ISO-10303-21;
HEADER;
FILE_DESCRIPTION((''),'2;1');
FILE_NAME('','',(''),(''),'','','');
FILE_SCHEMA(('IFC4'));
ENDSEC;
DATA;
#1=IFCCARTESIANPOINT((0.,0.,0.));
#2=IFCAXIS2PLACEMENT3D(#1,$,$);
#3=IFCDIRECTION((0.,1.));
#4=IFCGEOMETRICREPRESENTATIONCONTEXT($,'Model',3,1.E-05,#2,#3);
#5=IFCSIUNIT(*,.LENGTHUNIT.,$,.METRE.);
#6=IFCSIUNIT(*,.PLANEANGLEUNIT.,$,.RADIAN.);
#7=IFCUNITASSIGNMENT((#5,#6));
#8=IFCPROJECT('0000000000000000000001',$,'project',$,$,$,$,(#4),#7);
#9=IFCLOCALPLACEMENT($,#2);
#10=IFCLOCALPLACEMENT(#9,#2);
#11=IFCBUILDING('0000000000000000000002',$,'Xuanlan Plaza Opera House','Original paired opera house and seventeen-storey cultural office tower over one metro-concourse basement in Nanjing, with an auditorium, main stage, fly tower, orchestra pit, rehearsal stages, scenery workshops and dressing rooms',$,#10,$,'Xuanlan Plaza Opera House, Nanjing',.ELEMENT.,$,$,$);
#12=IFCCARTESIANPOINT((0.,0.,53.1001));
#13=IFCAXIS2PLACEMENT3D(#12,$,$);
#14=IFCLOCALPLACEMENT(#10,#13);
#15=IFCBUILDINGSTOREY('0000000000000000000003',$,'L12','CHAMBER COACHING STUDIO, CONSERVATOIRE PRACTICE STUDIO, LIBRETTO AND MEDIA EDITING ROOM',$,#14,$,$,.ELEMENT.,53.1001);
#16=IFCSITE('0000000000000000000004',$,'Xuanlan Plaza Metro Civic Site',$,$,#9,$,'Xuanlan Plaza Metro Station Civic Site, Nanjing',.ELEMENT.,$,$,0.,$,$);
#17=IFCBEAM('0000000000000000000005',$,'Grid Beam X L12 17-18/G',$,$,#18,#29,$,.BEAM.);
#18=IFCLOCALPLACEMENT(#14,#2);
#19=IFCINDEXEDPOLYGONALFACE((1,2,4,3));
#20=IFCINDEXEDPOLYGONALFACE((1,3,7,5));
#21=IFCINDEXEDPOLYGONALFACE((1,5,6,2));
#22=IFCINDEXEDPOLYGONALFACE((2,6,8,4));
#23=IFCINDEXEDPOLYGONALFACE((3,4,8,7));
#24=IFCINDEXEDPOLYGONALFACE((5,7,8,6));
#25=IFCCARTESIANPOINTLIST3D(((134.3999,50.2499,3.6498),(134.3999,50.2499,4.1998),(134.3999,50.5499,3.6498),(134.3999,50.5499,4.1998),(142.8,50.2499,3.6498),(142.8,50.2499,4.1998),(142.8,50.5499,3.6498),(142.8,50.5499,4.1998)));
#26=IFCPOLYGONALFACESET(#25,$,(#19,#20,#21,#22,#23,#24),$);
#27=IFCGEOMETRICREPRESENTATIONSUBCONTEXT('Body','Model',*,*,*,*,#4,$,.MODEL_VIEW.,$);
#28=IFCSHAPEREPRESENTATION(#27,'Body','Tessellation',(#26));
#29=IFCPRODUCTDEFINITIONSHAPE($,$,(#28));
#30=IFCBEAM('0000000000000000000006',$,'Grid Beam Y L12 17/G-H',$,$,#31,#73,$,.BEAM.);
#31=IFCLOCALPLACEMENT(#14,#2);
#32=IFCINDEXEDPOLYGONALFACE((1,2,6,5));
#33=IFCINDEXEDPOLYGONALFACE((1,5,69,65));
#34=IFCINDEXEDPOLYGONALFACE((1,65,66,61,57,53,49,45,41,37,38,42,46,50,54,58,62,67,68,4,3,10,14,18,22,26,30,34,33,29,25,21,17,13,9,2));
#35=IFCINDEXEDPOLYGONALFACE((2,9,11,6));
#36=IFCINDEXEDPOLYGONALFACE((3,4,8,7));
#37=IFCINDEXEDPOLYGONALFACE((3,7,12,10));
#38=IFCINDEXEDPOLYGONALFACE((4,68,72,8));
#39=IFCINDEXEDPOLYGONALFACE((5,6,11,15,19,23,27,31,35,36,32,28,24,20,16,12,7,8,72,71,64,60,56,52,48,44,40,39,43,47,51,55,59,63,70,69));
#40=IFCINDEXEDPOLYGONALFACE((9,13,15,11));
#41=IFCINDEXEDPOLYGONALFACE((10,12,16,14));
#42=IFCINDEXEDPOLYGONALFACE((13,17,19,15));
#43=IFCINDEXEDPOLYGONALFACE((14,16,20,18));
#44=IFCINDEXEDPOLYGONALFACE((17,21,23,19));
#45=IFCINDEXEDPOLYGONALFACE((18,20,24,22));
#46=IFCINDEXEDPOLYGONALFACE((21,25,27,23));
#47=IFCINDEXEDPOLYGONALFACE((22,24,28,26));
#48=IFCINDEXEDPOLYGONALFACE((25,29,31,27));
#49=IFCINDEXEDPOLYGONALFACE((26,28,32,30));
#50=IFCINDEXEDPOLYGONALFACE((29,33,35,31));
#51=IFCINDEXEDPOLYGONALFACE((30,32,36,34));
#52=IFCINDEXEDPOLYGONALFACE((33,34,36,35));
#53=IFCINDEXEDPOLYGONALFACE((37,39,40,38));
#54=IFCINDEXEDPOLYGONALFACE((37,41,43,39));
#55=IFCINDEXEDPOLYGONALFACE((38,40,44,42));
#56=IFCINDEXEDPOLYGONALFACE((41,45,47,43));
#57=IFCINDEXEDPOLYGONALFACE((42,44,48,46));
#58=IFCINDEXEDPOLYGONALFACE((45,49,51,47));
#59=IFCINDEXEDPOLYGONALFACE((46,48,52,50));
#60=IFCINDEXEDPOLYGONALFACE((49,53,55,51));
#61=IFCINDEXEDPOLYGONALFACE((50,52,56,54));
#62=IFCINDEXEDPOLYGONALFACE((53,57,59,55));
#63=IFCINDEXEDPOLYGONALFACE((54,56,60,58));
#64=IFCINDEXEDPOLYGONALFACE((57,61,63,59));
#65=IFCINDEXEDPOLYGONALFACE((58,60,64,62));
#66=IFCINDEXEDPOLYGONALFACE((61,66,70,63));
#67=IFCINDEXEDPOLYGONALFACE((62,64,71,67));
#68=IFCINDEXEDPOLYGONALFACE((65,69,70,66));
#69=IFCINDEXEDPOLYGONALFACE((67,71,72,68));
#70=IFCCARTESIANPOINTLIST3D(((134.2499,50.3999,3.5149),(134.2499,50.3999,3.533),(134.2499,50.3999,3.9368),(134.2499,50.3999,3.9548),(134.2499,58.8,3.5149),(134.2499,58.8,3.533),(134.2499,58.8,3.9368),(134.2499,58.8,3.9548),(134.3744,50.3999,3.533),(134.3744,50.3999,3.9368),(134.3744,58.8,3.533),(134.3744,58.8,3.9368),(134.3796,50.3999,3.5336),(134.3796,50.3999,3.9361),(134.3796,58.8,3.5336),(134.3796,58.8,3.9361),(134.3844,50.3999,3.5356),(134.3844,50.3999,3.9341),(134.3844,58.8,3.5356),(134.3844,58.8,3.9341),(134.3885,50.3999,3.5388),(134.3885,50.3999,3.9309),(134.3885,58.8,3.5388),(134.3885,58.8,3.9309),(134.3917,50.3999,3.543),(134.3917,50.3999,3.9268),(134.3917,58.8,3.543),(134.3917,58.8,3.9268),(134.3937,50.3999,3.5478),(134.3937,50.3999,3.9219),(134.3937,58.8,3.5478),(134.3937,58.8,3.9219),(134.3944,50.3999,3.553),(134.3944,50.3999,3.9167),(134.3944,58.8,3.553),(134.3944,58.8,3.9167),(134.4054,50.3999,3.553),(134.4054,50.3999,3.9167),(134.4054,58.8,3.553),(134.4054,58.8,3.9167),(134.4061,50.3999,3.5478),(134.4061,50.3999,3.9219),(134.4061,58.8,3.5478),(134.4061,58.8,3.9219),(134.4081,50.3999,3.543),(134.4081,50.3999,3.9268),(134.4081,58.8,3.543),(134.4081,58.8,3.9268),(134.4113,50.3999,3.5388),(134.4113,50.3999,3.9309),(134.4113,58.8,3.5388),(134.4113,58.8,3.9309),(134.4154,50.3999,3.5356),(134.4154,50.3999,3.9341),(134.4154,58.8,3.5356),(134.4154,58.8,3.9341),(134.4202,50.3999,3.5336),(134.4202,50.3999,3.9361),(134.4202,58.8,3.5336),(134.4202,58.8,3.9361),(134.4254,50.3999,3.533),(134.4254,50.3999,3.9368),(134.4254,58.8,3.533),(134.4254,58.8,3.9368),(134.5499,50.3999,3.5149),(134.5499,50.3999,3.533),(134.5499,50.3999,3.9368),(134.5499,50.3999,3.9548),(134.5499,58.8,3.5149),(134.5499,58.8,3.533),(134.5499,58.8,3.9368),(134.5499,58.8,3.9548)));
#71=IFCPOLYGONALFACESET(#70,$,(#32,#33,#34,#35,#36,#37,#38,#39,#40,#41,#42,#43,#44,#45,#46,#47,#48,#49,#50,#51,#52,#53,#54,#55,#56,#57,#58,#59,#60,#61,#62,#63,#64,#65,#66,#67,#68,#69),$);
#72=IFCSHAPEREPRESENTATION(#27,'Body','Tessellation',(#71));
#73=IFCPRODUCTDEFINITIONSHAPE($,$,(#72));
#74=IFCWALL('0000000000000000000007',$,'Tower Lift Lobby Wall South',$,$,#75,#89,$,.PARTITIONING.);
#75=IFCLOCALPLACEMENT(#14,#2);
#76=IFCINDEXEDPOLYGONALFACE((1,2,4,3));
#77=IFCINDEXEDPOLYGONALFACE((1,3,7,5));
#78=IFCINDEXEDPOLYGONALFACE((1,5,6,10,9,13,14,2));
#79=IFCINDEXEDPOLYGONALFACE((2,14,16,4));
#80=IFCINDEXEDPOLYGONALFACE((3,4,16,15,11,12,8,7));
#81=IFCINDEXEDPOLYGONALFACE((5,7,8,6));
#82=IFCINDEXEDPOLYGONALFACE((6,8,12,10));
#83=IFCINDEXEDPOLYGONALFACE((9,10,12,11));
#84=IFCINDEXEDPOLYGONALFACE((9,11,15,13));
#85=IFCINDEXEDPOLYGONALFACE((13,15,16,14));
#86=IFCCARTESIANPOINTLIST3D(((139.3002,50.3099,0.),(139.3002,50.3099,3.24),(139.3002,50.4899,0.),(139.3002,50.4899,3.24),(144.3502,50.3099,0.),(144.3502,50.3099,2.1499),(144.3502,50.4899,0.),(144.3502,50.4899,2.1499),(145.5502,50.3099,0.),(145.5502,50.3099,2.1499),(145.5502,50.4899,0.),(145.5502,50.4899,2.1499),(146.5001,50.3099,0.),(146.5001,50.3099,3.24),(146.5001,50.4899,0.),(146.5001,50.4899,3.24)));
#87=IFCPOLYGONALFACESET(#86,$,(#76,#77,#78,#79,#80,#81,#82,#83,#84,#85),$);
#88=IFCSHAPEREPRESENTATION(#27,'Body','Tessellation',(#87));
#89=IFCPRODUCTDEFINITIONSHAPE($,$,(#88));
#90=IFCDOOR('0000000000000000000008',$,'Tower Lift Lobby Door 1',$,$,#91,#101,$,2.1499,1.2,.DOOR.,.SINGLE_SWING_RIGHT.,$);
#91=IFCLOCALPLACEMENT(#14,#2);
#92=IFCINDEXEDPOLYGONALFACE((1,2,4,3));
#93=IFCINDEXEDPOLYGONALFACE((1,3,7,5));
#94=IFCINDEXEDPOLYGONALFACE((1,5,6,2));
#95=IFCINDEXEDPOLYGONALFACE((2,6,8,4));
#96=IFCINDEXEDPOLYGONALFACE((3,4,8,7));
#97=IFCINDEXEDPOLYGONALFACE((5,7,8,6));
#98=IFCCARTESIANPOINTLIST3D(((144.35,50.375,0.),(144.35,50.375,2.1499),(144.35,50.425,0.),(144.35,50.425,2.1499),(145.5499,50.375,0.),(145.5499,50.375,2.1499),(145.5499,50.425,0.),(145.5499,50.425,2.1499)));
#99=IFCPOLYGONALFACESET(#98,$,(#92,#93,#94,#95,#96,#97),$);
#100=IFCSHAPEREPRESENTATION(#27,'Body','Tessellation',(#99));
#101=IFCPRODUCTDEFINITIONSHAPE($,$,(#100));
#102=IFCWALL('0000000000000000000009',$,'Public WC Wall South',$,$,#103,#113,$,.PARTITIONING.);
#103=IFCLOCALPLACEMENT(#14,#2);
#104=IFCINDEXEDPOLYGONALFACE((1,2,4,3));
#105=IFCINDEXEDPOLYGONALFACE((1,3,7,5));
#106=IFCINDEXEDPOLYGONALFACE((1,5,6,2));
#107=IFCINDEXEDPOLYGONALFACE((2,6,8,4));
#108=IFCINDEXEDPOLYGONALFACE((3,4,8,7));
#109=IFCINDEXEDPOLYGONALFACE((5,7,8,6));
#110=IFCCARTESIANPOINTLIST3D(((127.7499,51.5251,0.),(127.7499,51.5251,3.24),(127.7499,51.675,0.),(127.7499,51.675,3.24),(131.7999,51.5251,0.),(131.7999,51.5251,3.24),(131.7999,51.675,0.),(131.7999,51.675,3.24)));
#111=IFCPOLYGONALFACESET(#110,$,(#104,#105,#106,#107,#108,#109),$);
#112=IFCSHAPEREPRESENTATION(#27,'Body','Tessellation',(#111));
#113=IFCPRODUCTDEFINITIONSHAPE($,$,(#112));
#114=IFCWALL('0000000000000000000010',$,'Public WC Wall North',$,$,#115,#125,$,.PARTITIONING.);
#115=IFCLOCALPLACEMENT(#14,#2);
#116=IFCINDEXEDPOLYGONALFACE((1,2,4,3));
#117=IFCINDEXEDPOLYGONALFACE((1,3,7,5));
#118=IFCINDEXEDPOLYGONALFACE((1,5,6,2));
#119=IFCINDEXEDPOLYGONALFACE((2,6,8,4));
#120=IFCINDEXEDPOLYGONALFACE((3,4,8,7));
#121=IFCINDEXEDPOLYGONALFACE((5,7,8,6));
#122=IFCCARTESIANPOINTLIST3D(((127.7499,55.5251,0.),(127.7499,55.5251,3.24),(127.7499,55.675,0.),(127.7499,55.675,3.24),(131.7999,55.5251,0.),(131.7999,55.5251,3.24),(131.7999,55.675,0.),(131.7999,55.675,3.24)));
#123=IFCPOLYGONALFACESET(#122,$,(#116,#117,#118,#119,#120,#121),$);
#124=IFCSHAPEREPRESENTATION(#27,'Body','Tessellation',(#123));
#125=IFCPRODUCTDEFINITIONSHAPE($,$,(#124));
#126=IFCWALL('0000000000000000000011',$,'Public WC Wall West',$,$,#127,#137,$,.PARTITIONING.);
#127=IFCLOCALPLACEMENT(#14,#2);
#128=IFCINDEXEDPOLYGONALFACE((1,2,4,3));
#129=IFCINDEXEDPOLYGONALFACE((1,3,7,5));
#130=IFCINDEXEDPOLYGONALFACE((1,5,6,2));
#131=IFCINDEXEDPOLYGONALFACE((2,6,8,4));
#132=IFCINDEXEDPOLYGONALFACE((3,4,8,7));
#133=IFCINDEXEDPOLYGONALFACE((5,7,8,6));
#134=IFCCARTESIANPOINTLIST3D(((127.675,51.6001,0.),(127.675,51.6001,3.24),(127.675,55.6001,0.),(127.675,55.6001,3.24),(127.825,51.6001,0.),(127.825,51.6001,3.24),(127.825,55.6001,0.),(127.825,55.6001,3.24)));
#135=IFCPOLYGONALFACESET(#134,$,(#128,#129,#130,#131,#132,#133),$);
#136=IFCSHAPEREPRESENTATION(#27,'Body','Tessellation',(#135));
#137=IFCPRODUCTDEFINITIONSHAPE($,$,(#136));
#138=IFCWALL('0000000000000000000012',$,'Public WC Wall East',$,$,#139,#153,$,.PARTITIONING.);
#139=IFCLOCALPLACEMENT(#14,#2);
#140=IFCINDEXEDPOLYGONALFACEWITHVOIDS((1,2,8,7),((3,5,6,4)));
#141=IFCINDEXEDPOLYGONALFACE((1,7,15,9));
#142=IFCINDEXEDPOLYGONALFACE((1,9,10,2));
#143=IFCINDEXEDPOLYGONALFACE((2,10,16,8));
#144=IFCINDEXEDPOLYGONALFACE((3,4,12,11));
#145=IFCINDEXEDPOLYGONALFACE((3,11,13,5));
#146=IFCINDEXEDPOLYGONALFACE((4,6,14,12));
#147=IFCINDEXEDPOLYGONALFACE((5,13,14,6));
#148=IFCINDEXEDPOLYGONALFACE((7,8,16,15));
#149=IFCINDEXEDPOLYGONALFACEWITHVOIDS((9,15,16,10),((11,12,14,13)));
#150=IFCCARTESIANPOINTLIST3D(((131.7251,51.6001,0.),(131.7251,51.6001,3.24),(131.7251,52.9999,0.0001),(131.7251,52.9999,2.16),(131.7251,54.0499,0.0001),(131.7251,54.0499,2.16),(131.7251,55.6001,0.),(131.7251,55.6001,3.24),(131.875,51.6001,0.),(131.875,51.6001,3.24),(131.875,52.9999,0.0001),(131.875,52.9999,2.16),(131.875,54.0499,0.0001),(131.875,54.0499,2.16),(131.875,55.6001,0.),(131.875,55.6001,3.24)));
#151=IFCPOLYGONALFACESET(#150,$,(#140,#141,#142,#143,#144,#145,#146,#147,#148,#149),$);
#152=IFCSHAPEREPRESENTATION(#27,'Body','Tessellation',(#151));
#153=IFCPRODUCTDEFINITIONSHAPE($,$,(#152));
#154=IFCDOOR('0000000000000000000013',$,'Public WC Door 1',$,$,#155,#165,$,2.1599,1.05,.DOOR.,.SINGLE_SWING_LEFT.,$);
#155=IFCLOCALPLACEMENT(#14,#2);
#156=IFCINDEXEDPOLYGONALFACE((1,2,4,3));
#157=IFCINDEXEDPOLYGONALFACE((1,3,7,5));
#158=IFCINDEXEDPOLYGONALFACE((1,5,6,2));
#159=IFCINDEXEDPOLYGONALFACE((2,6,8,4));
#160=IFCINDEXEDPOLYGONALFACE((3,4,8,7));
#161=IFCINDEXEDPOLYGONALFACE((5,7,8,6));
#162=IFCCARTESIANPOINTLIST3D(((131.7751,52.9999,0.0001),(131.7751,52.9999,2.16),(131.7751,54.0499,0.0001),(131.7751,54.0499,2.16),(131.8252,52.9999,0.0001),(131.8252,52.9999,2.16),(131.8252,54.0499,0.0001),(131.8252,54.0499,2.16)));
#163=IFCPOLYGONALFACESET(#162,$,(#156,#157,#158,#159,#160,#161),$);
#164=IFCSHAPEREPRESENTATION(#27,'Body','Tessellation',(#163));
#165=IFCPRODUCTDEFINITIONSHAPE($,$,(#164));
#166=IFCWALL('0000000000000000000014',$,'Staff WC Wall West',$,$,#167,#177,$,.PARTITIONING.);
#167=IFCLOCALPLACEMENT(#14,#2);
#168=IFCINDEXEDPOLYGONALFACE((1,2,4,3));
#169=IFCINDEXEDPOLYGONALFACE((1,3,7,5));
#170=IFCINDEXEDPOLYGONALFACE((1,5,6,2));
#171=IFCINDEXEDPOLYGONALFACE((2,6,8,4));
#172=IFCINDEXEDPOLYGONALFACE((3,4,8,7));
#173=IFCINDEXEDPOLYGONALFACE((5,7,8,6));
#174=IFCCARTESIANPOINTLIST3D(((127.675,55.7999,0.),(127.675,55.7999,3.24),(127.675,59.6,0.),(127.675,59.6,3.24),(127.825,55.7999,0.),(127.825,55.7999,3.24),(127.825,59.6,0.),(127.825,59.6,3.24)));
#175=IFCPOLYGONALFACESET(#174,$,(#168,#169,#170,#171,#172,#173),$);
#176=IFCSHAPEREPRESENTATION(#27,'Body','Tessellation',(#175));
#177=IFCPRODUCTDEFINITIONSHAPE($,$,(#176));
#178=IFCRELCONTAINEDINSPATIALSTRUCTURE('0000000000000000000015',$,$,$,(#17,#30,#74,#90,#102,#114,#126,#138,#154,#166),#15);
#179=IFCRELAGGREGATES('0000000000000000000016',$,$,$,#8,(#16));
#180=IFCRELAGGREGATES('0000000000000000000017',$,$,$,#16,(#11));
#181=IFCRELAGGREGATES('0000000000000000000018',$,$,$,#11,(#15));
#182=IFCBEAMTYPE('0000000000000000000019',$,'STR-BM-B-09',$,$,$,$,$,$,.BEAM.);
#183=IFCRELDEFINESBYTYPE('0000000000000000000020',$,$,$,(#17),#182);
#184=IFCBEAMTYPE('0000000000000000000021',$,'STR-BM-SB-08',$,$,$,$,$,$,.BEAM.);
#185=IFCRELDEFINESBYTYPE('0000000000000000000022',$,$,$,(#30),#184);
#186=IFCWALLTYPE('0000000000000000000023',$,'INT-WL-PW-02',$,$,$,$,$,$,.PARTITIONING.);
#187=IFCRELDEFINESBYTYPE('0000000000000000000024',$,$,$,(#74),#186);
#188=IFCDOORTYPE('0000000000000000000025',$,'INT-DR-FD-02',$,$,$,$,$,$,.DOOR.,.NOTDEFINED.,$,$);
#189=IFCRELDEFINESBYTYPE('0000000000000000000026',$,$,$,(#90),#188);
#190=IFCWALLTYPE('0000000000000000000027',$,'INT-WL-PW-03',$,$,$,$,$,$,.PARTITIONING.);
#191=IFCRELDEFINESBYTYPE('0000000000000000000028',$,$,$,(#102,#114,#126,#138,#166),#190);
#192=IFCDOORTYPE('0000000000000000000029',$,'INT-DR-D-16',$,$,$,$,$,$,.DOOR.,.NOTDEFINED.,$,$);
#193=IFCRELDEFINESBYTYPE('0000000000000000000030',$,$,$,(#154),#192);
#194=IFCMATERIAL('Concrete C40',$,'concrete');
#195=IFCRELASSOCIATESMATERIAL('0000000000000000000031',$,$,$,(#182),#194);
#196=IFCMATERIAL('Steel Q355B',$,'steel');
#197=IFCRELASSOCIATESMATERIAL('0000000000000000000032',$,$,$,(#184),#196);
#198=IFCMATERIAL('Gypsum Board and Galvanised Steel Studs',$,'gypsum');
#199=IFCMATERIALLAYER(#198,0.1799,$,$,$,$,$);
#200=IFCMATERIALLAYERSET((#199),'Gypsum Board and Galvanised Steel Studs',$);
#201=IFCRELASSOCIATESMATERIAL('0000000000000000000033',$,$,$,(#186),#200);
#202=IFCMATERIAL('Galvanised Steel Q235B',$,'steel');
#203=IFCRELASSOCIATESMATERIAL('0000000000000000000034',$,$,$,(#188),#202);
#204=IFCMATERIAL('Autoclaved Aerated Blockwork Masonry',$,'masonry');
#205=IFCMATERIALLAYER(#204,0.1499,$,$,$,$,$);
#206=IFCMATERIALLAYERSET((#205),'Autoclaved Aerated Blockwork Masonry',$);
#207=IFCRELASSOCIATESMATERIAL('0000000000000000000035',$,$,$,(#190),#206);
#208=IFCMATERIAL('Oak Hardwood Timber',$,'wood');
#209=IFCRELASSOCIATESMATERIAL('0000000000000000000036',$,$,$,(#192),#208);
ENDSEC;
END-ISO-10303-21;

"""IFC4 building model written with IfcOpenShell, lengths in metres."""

from ifc_helpers import new_model, si_unit, direction, frame, frame_2d, origin, origin_2d, place, context, subcontext, project, spatial, rectangle, i_section, extrude, material, layer, layer_set, material_profile, profile_set, type_object, element, fill, save


model = new_model("IFC4")

# Units and contexts
model_context = context("Model", 3, precision=1e-05, world=origin(), true_north=direction((0.0, 1.0)))
body_context = subcontext(model_context, "Body", "Model", "MODEL_VIEW")
ifc_project = project(units=[si_unit("LENGTHUNIT", "METRE"), si_unit("PLANEANGLEUNIT", "RADIAN")], contexts=[model_context])

# Site, building, storey
site_placement = place(None, origin())
site = spatial("IfcSite", under=ifc_project, at=site_placement, Name="Xuanlan Plaza Metro Civic Site", LongName="Xuanlan Plaza Metro Station Civic Site, Nanjing", CompositionType="ELEMENT", RefElevation=0.0)
building_placement = place(site_placement, origin())
building = spatial("IfcBuilding", under=site, at=building_placement, Name="Xuanlan Plaza Opera House", Description="Original paired opera house and seventeen-storey cultural office tower over one metro-concourse basement in Nanjing, with an auditorium, main stage, fly tower, orchestra pit, rehearsal stages, scenery workshops and dressing rooms", LongName="Xuanlan Plaza Opera House, Nanjing", CompositionType="ELEMENT")
storey_placement = place(building_placement, frame((0.0, 0.0, 53.1001)))
storey = spatial("IfcBuildingStorey", under=building, at=storey_placement, Name="L12", Description="CHAMBER COACHING STUDIO, CONSERVATOIRE PRACTICE STUDIO, LIBRETTO AND MEDIA EDITING ROOM", CompositionType="ELEMENT", Elevation=53.1001)

# Beams
ifc_material_1 = material(Name="Concrete C40", Category="concrete")
ifc_material_profile_1 = material_profile(ifc_material_1, rectangle(XDim=0.3, YDim=0.55, at=origin_2d()), Name="RC-BM 300x550")
ifc_profile_set_1 = profile_set([ifc_material_profile_1], Name="Concrete C40")
beam_type_1 = type_object("IfcBeamType", Name="STR-BM-B-09", PredefinedType="BEAM", material=ifc_profile_set_1)
beam_1_placement = place(storey_placement, frame((134.3999, 50.3999, 3.9248), z_axis=(1.0, 0.0, 0.0), x_axis=(0.0, 1.0, 0.0)))
element("IfcBeam", 1, at=beam_1_placement, inside=storey, type_object=beam_type_1, Name="Grid Beam X L12 17-18/G", PredefinedType="BEAM", context=body_context, shape_type="SweptSolid", body=[
    extrude(rectangle(XDim=0.3, YDim=0.55, at=origin_2d()), origin(), (0.0, 0.0, 1.0), 8.4001),
])
ifc_material_2 = material(Name="Steel Q355B", Category="steel")
ifc_material_profile_2 = material_profile(ifc_material_2, i_section(OverallWidth=0.3, OverallDepth=0.4399, WebThickness=0.011, FlangeThickness=0.0181, FilletRadius=0.02, at=origin_2d()), Name="HM 440x300x11x18")
ifc_profile_set_2 = profile_set([ifc_material_profile_2], Name="Steel Q355B")
beam_type_2 = type_object("IfcBeamType", Name="STR-BM-SB-08", PredefinedType="BEAM", material=ifc_profile_set_2)
beam_2_placement = place(storey_placement, frame((134.3999, 50.3999, 3.7349), z_axis=(0.0, 1.0, 0.0), x_axis=(-1.0, 0.0, 0.0)))
element("IfcBeam", 2, at=beam_2_placement, inside=storey, type_object=beam_type_2, Name="Grid Beam Y L12 17/G-H", PredefinedType="BEAM", context=body_context, shape_type="SweptSolid", body=[
    extrude(i_section(OverallWidth=0.3, OverallDepth=0.4399, WebThickness=0.011, FlangeThickness=0.0181, FilletRadius=0.02, at=origin_2d()), origin(), (0.0, 0.0, 1.0), 8.4001),
])

# Wall, opening, door
ifc_material_3 = material(Name="Gypsum Board and Galvanised Steel Studs", Category="gypsum")
ifc_layer_1 = layer(ifc_material_3, 0.1799)
ifc_layer_set_1 = layer_set([ifc_layer_1], Name="Gypsum Board and Galvanised Steel Studs")
wall_type_1 = type_object("IfcWallType", Name="INT-WL-PW-02", PredefinedType="PARTITIONING", material=ifc_layer_set_1)
wall_1_placement = place(storey_placement, frame((139.3, 50.3999, 0.0), z_axis=(0.0, 0.0, 1.0), x_axis=(1.0, 0.0, 0.0)))
wall_1 = element("IfcWall", 3, at=wall_1_placement, inside=storey, type_object=wall_type_1, Name="Tower Lift Lobby Wall South", PredefinedType="PARTITIONING", context=body_context, shape_type="SweptSolid", body=[
    extrude(rectangle(XDim=7.2, YDim=0.1799, at=frame_2d((3.6001, 0.0))), origin(), (0.0, 0.0, 1.0), 3.24),
])
opening_1_placement = place(wall_1_placement, frame((5.05, 0.0, 0.0)))
opening_1 = element("IfcOpeningElement", 4, at=opening_1_placement, cuts=wall_1, PredefinedType="OPENING", context=body_context, shape_type="SweptSolid", body=[
    extrude(rectangle(XDim=1.2, YDim=2.1499, at=frame_2d((0.6001, 1.075))), frame((0.0, 0.0999, 0.0), z_axis=(0.0, -1.0, 0.0), x_axis=(1.0, 0.0, 0.0)), (0.0, 0.0, 1.0), 0.2),
])
ifc_material_4 = material(Name="Galvanised Steel Q235B", Category="steel")
door_type_1 = type_object("IfcDoorType", Name="INT-DR-FD-02", OperationType="NOTDEFINED", PredefinedType="DOOR", material=ifc_material_4)
door_1_placement = place(opening_1_placement, frame((1.2, 0.0, 0.0), z_axis=(0.0, 0.0, 1.0), x_axis=(-1.0, 0.0, 0.0)))
door_1 = element("IfcDoor", 5, at=door_1_placement, inside=storey, type_object=door_type_1, Name="Tower Lift Lobby Door 1", OperationType="SINGLE_SWING_RIGHT", OverallHeight=2.1499, OverallWidth=1.2, PredefinedType="DOOR", context=body_context, shape_type="SweptSolid", body=[
    extrude(rectangle(XDim=1.2, YDim=2.1499, at=frame_2d((0.6001, 1.075))), frame((0.0, 0.0249, 0.0), z_axis=(0.0, -1.0, 0.0), x_axis=(1.0, 0.0, 0.0)), (0.0, 0.0, 1.0), 0.05),
])
fill(opening_1, door_1)

# Walls
ifc_material_5 = material(Name="Autoclaved Aerated Blockwork Masonry", Category="masonry")
ifc_layer_2 = layer(ifc_material_5, 0.1499)
ifc_layer_set_2 = layer_set([ifc_layer_2], Name="Autoclaved Aerated Blockwork Masonry")
wall_type_2 = type_object("IfcWallType", Name="INT-WL-PW-03", PredefinedType="PARTITIONING", material=ifc_layer_set_2)
for number, where, z_axis, x_axis, name in (
    (6, (127.75, 51.6001, 0.0), (0.0, 0.0, 1.0), (1.0, 0.0, 0.0), "Public WC Wall South"),
    (7, (127.75, 55.6001, 0.0), (0.0, 0.0, 1.0), (1.0, 0.0, 0.0), "Public WC Wall North"),
):
    element("IfcWall", number, at=place(storey_placement, frame(where, z_axis=z_axis, x_axis=x_axis)), inside=storey, type_object=wall_type_2, Name=name, PredefinedType="PARTITIONING", context=body_context, shape_type="SweptSolid", body=[
        extrude(rectangle(XDim=4.05, YDim=0.1499, at=frame_2d((2.0249, 0.0))), origin(), (0.0, 0.0, 1.0), 3.24),
    ])
wall_2_placement = place(storey_placement, frame((127.75, 51.6001, 0.0), z_axis=(0.0, 0.0, 1.0), x_axis=(0.0, 1.0, 0.0)))
element("IfcWall", 8, at=wall_2_placement, inside=storey, type_object=wall_type_2, Name="Public WC Wall West", PredefinedType="PARTITIONING", context=body_context, shape_type="SweptSolid", body=[
    extrude(rectangle(XDim=4.0, YDim=0.1499, at=frame_2d((2.0, 0.0))), origin(), (0.0, 0.0, 1.0), 3.24),
])

# Wall, opening, door
wall_3_placement = place(storey_placement, frame((131.8, 51.6001, 0.0), z_axis=(0.0, 0.0, 1.0), x_axis=(0.0, 1.0, 0.0)))
wall_3 = element("IfcWall", 9, at=wall_3_placement, inside=storey, type_object=wall_type_2, Name="Public WC Wall East", PredefinedType="PARTITIONING", context=body_context, shape_type="SweptSolid", body=[
    extrude(rectangle(XDim=4.0, YDim=0.1499, at=frame_2d((2.0, 0.0))), origin(), (0.0, 0.0, 1.0), 3.24),
])
opening_2_placement = place(wall_3_placement, frame((1.3999, 0.0, 0.0)))
opening_2 = element("IfcOpeningElement", 10, at=opening_2_placement, cuts=wall_3, PredefinedType="OPENING", context=body_context, shape_type="SweptSolid", body=[
    extrude(rectangle(XDim=1.05, YDim=2.1599, at=frame_2d((0.5249, 1.0801))), frame((0.0, 0.085, 0.0), z_axis=(0.0, -1.0, 0.0), x_axis=(1.0, 0.0, 0.0)), (0.0, 0.0, 1.0), 0.1699),
])
ifc_material_6 = material(Name="Oak Hardwood Timber", Category="wood")
door_type_2 = type_object("IfcDoorType", Name="INT-DR-D-16", OperationType="NOTDEFINED", PredefinedType="DOOR", material=ifc_material_6)
door_2_placement = place(opening_2_placement, origin())
door_2 = element("IfcDoor", 11, at=door_2_placement, inside=storey, type_object=door_type_2, Name="Public WC Door 1", OperationType="SINGLE_SWING_LEFT", OverallHeight=2.1599, OverallWidth=1.05, PredefinedType="DOOR", context=body_context, shape_type="SweptSolid", body=[
    extrude(rectangle(XDim=1.05, YDim=2.1599, at=frame_2d((0.5249, 1.0801))), frame((0.0, 0.0249, 0.0), z_axis=(0.0, -1.0, 0.0), x_axis=(1.0, 0.0, 0.0)), (0.0, 0.0, 1.0), 0.05),
])
fill(opening_2, door_2)

# Wall
wall_4_placement = place(storey_placement, frame((127.75, 55.8, 0.0), z_axis=(0.0, 0.0, 1.0), x_axis=(0.0, 1.0, 0.0)))
element("IfcWall", 12, at=wall_4_placement, inside=storey, type_object=wall_type_2, Name="Staff WC Wall West", PredefinedType="PARTITIONING", context=body_context, shape_type="SweptSolid", body=[
    extrude(rectangle(XDim=3.8, YDim=0.1499, at=frame_2d((1.8999, 0.0))), origin(), (0.0, 0.0, 1.0), 3.24),
])

save(model, "model.ifc")
